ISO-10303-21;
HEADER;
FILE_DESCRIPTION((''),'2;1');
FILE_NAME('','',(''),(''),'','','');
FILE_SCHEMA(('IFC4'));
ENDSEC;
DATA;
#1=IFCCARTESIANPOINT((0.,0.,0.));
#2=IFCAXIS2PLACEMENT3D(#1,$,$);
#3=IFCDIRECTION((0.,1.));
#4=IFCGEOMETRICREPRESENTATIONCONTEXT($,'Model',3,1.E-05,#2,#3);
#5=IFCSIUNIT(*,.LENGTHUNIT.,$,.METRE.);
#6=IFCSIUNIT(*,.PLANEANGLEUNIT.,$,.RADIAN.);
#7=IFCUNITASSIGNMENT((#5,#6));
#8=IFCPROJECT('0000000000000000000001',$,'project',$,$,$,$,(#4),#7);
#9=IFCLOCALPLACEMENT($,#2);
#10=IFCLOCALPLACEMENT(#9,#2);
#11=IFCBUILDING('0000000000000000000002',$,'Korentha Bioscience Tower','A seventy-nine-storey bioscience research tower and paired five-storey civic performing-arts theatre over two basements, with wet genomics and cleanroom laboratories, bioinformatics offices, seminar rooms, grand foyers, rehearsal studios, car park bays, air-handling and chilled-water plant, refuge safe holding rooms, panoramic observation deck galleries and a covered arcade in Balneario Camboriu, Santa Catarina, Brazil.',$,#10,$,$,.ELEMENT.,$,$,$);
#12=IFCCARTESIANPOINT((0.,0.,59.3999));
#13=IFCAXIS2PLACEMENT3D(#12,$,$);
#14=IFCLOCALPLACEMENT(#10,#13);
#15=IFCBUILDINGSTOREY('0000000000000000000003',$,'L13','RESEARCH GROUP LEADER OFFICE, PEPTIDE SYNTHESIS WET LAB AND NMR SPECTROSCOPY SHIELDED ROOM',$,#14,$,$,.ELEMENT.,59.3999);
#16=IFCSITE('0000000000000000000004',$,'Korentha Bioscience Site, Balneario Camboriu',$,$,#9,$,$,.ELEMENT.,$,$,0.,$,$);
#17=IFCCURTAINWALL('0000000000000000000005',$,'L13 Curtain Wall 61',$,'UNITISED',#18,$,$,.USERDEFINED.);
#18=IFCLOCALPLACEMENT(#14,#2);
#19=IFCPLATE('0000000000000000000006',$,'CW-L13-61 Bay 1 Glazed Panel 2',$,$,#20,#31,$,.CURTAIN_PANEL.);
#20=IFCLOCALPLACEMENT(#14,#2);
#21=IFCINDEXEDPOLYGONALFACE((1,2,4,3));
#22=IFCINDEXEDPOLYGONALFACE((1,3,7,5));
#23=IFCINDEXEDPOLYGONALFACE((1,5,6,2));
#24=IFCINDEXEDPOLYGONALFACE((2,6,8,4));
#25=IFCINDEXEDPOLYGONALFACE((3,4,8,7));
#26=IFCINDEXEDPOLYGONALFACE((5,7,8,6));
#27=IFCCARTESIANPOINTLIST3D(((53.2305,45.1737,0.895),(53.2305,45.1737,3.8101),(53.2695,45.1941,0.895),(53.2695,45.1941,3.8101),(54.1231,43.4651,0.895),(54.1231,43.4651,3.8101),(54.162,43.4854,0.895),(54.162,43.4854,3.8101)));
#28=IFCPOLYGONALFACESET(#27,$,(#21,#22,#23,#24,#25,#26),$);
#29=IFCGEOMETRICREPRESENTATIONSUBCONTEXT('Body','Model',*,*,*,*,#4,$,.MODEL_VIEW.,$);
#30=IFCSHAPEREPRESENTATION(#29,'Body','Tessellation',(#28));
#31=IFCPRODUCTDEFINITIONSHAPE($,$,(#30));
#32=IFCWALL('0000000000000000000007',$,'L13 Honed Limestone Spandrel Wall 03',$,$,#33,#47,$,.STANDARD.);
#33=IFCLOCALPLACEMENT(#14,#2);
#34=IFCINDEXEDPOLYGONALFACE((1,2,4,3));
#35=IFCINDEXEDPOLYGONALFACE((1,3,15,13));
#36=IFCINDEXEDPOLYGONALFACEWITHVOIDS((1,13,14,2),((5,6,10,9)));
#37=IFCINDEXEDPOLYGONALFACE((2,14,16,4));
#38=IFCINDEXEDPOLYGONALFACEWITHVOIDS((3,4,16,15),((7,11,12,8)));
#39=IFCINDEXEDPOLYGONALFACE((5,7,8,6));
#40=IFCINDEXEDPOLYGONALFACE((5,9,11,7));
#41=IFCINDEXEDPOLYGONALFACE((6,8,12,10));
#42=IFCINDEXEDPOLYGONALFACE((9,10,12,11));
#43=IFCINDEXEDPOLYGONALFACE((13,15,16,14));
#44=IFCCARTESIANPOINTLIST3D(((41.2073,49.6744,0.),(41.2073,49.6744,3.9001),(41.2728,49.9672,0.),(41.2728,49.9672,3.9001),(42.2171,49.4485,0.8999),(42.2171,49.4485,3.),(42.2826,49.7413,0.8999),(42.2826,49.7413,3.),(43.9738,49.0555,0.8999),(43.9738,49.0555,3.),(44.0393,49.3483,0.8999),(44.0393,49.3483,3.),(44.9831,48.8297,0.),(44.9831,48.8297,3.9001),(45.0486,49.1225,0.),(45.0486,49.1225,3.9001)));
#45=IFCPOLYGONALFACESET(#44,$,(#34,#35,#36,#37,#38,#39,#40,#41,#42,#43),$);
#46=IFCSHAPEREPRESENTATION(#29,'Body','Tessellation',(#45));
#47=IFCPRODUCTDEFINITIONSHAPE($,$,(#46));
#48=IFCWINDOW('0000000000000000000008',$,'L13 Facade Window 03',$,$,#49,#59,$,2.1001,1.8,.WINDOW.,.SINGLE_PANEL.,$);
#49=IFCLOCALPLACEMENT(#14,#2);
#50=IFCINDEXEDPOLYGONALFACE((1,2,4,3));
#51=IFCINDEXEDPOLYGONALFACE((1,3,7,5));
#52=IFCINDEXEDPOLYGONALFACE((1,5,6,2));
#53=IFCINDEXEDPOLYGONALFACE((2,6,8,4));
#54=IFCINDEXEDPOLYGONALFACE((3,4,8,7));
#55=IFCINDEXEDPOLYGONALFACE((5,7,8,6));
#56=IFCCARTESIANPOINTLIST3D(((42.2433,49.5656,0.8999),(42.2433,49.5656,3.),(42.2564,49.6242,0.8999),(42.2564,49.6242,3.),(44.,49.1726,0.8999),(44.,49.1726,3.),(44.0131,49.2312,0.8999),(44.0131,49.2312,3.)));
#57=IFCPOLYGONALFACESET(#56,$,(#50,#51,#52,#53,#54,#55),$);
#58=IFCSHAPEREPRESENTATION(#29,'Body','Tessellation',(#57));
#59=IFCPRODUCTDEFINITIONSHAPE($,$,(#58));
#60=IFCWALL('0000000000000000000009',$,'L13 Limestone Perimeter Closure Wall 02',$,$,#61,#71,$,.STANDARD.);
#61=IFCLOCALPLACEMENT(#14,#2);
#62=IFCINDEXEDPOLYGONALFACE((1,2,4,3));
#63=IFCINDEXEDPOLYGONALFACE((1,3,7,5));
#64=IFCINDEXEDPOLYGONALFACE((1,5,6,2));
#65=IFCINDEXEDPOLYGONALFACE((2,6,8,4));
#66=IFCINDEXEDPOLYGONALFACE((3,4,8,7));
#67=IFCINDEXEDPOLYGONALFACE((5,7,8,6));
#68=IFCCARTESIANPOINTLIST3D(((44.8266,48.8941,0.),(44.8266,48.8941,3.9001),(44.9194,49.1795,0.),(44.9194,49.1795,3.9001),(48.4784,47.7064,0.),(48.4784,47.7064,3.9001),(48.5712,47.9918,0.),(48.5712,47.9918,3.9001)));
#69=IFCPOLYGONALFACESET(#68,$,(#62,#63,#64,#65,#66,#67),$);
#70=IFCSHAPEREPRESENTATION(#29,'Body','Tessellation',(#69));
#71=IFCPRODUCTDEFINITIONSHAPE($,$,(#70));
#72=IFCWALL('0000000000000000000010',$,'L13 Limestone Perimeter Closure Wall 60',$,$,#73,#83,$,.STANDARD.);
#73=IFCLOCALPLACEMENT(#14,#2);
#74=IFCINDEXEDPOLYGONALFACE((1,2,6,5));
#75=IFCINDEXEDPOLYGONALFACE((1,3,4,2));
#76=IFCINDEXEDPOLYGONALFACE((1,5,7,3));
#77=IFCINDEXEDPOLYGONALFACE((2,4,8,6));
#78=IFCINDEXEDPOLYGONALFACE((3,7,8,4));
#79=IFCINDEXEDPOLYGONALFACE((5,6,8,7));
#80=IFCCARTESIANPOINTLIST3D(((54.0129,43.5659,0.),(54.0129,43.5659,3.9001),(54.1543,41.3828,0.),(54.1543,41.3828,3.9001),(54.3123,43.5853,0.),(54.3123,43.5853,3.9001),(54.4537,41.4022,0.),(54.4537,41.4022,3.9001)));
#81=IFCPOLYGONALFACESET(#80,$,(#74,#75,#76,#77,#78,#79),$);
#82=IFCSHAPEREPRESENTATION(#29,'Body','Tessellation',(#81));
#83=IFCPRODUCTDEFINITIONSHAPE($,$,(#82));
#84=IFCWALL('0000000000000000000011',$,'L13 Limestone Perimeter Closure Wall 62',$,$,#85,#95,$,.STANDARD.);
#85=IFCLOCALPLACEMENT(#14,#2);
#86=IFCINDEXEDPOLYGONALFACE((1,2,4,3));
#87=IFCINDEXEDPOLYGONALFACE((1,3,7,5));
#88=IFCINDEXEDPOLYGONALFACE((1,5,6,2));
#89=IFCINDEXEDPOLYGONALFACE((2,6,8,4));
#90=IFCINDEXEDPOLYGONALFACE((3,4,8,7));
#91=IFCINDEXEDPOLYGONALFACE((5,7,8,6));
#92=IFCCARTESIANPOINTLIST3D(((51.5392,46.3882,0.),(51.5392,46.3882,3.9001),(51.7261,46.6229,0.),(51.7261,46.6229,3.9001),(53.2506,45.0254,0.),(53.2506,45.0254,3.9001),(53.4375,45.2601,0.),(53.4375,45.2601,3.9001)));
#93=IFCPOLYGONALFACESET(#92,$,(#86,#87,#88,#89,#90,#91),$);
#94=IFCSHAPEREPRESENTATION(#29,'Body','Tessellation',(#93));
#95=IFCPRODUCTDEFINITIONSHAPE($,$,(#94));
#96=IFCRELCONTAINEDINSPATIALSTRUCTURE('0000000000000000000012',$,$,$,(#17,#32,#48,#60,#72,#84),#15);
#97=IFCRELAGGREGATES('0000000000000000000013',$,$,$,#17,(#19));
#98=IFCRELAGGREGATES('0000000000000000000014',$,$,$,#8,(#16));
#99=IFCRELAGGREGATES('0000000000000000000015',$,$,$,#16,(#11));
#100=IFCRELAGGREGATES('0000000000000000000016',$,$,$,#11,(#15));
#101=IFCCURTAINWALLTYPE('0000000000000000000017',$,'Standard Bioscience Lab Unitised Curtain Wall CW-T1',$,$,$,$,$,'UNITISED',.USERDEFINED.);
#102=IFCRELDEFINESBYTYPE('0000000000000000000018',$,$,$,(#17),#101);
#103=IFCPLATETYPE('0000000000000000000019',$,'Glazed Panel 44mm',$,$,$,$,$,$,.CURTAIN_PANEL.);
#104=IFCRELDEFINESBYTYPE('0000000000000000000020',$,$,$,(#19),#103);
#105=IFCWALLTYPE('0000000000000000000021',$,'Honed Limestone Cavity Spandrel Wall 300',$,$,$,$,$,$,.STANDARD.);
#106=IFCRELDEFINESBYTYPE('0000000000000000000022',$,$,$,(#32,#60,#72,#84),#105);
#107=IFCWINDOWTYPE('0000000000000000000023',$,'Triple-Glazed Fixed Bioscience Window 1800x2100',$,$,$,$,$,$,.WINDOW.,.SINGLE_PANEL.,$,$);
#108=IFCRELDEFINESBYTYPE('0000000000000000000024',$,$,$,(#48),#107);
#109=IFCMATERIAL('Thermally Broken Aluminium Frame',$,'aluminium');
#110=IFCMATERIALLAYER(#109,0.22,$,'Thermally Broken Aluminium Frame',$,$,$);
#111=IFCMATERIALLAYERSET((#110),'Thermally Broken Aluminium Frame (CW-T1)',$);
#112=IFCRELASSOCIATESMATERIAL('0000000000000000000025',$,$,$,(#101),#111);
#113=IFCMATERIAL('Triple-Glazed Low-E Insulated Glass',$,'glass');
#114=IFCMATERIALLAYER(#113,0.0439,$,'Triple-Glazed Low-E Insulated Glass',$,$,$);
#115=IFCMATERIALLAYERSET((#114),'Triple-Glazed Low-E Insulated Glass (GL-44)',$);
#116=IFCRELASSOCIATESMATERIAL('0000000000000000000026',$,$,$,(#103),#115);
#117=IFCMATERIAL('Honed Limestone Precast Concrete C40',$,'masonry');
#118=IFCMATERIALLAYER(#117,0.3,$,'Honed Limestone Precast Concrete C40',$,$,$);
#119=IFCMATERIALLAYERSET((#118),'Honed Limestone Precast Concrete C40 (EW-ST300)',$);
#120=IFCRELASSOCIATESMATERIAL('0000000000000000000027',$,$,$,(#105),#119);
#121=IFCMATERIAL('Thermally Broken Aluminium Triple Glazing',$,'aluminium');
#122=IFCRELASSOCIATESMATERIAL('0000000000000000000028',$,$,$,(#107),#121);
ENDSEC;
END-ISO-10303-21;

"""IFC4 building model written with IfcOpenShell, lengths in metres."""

from ifc_helpers import new_model, si_unit, direction, frame, frame_2d, origin, origin_2d, place, context, subcontext, project, spatial, rectangle, extrude, material, layer, layer_set, type_object, element, fill, aggregate, save


model = new_model("IFC4")

# Units and contexts
model_context = context("Model", 3, precision=1e-05, world=origin(), true_north=direction((0.0, 1.0)))
body_context = subcontext(model_context, "Body", "Model", "MODEL_VIEW")
ifc_project = project(units=[si_unit("LENGTHUNIT", "METRE"), si_unit("PLANEANGLEUNIT", "RADIAN")], contexts=[model_context])

# Site, building, storey
site_placement = place(None, origin())
site = spatial("IfcSite", under=ifc_project, at=site_placement, Name="Korentha Bioscience Site, Balneario Camboriu", CompositionType="ELEMENT", RefElevation=0.0)
building_placement = place(site_placement, origin())
building = spatial("IfcBuilding", under=site, at=building_placement, Name="Korentha Bioscience Tower", Description="A seventy-nine-storey bioscience research tower and paired five-storey civic performing-arts theatre over two basements, with wet genomics and cleanroom laboratories, bioinformatics offices, seminar rooms, grand foyers, rehearsal studios, car park bays, air-handling and chilled-water plant, refuge safe holding rooms, panoramic observation deck galleries and a covered arcade in Balneario Camboriu, Santa Catarina, Brazil.", CompositionType="ELEMENT")
storey_placement = place(building_placement, frame((0.0, 0.0, 59.3999)))
storey = spatial("IfcBuildingStorey", under=building, at=storey_placement, Name="L13", Description="RESEARCH GROUP LEADER OFFICE, PEPTIDE SYNTHESIS WET LAB AND NMR SPECTROSCOPY SHIELDED ROOM", CompositionType="ELEMENT", Elevation=59.3999)

# Curtain wall
ifc_material_1 = material(Name="Thermally Broken Aluminium Frame", Category="aluminium")
ifc_layer_1 = layer(ifc_material_1, 0.22, Name="Thermally Broken Aluminium Frame")
ifc_layer_set_1 = layer_set([ifc_layer_1], Name="Thermally Broken Aluminium Frame (CW-T1)")
curtain_wall_type = type_object("IfcCurtainWallType", Name="Standard Bioscience Lab Unitised Curtain Wall CW-T1", ElementType="UNITISED", PredefinedType="USERDEFINED", material=ifc_layer_set_1)
curtain_wall_1_placement = place(storey_placement, origin())
curtain_wall_1 = element("IfcCurtainWall", 1, at=curtain_wall_1_placement, inside=storey, type_object=curtain_wall_type, Name="L13 Curtain Wall 61", ObjectType="UNITISED", PredefinedType="USERDEFINED")

# Plate
ifc_material_2 = material(Name="Triple-Glazed Low-E Insulated Glass", Category="glass")
ifc_layer_2 = layer(ifc_material_2, 0.0439, Name="Triple-Glazed Low-E Insulated Glass")
ifc_layer_set_2 = layer_set([ifc_layer_2], Name="Triple-Glazed Low-E Insulated Glass (GL-44)")
plate_type = type_object("IfcPlateType", Name="Glazed Panel 44mm", PredefinedType="CURTAIN_PANEL", material=ifc_layer_set_2)
plate_1_placement = place(storey_placement, frame((53.6963, 44.3296, 0.895), z_axis=(0.0, 0.0, 1.0), x_axis=(-0.463009, 0.886354, 0.0)))
plate_1 = element("IfcPlate", 2, at=plate_1_placement, type_object=plate_type, Name="CW-L13-61 Bay 1 Glazed Panel 2", PredefinedType="CURTAIN_PANEL", context=body_context, shape_type="SweptSolid", body=[
    extrude(rectangle(XDim=1.9277, YDim=0.0439, at=origin_2d()), origin(), (0.0, 0.0, 1.0), 2.915),
])
aggregate(curtain_wall_1, [plate_1])

# Wall, opening, window
ifc_material_3 = material(Name="Honed Limestone Precast Concrete C40", Category="masonry")
ifc_layer_3 = layer(ifc_material_3, 0.3, Name="Honed Limestone Precast Concrete C40")
ifc_layer_set_3 = layer_set([ifc_layer_3], Name="Honed Limestone Precast Concrete C40 (EW-ST300)")
wall_type_1 = type_object("IfcWallType", Name="Honed Limestone Cavity Spandrel Wall 300", PredefinedType="STANDARD", material=ifc_layer_set_3)
wall_1_placement = place(storey_placement, frame((45.0159, 48.9761, 0.0), z_axis=(0.0, 0.0, 1.0), x_axis=(-0.975877, 0.21832, 0.0)))
wall_1 = element("IfcWall", 3, at=wall_1_placement, inside=storey, type_object=wall_type_1, Name="L13 Honed Limestone Spandrel Wall 03", PredefinedType="STANDARD", context=body_context, shape_type="SweptSolid", body=[
    extrude(rectangle(XDim=3.8691, YDim=0.3, at=frame_2d((1.9346, 0.0))), origin(), (0.0, 0.0, 1.0), 3.9001),
])
opening_1_placement = place(wall_1_placement, frame((1.0344, 0.0, 0.8999)))
opening_1 = element("IfcOpeningElement", 4, at=opening_1_placement, cuts=wall_1, PredefinedType="OPENING", context=body_context, shape_type="SweptSolid", body=[
    extrude(rectangle(XDim=1.8, YDim=2.1001, at=frame_2d((0.8999, 1.05))), frame((0.0, 0.165, 0.0), z_axis=(0.0, -1.0, 0.0), x_axis=(1.0, 0.0, 0.0)), (0.0, 0.0, 1.0), 0.3298),
])
ifc_material_4 = material(Name="Thermally Broken Aluminium Triple Glazing", Category="aluminium")
window_type = type_object("IfcWindowType", Name="Triple-Glazed Fixed Bioscience Window 1800x2100", PartitioningType="SINGLE_PANEL", PredefinedType="WINDOW", material=ifc_material_4)
window_placement = place(opening_1_placement, origin())
window = element("IfcWindow", 5, at=window_placement, inside=storey, type_object=window_type, Name="L13 Facade Window 03", OverallHeight=2.1001, OverallWidth=1.8, PartitioningType="SINGLE_PANEL", PredefinedType="WINDOW", context=body_context, shape_type="SweptSolid", body=[
    extrude(rectangle(XDim=1.8, YDim=2.1001, at=frame_2d((0.8999, 1.05))), frame((0.0, 0.03, 0.0), z_axis=(0.0, -1.0, 0.0), x_axis=(1.0, 0.0, 0.0)), (0.0, 0.0, 1.0), 0.0601),
])
fill(opening_1, window)

# Walls
wall_2_placement = place(storey_placement, frame((48.5247, 47.8491, 0.0), z_axis=(0.0, 0.0, 1.0), x_axis=(-0.950966, 0.309296, 0.0)))
element("IfcWall", 6, at=wall_2_placement, inside=storey, type_object=wall_type_1, Name="L13 Limestone Perimeter Closure Wall 02", PredefinedType="STANDARD", context=body_context, shape_type="SweptSolid", body=[
    extrude(rectangle(XDim=3.8401, YDim=0.3, at=frame_2d((1.9199, 0.0))), origin(), (0.0, 0.0, 1.0), 3.9001),
])
for number, where, z_axis, x_axis, name in (
    (7, (54.304, 41.3926, 0.0), (0.0, 0.0, 1.0), (-0.064615, 0.99791, 0.0), "L13 Limestone Perimeter Closure Wall 60"),
    (8, (53.344, 45.1428, 0.0), (0.0, 0.0, 1.0), (-0.782282, 0.622924, 0.0), "L13 Limestone Perimeter Closure Wall 62"),
):
    element("IfcWall", number, at=place(storey_placement, frame(where, z_axis=z_axis, x_axis=x_axis)), inside=storey, type_object=wall_type_1, Name=name, PredefinedType="STANDARD", context=body_context, shape_type="SweptSolid", body=[
        extrude(rectangle(XDim=2.1877, YDim=0.3, at=frame_2d((1.0938, 0.0))), origin(), (0.0, 0.0, 1.0), 3.9001),
    ])

save(model, "model.ifc")
